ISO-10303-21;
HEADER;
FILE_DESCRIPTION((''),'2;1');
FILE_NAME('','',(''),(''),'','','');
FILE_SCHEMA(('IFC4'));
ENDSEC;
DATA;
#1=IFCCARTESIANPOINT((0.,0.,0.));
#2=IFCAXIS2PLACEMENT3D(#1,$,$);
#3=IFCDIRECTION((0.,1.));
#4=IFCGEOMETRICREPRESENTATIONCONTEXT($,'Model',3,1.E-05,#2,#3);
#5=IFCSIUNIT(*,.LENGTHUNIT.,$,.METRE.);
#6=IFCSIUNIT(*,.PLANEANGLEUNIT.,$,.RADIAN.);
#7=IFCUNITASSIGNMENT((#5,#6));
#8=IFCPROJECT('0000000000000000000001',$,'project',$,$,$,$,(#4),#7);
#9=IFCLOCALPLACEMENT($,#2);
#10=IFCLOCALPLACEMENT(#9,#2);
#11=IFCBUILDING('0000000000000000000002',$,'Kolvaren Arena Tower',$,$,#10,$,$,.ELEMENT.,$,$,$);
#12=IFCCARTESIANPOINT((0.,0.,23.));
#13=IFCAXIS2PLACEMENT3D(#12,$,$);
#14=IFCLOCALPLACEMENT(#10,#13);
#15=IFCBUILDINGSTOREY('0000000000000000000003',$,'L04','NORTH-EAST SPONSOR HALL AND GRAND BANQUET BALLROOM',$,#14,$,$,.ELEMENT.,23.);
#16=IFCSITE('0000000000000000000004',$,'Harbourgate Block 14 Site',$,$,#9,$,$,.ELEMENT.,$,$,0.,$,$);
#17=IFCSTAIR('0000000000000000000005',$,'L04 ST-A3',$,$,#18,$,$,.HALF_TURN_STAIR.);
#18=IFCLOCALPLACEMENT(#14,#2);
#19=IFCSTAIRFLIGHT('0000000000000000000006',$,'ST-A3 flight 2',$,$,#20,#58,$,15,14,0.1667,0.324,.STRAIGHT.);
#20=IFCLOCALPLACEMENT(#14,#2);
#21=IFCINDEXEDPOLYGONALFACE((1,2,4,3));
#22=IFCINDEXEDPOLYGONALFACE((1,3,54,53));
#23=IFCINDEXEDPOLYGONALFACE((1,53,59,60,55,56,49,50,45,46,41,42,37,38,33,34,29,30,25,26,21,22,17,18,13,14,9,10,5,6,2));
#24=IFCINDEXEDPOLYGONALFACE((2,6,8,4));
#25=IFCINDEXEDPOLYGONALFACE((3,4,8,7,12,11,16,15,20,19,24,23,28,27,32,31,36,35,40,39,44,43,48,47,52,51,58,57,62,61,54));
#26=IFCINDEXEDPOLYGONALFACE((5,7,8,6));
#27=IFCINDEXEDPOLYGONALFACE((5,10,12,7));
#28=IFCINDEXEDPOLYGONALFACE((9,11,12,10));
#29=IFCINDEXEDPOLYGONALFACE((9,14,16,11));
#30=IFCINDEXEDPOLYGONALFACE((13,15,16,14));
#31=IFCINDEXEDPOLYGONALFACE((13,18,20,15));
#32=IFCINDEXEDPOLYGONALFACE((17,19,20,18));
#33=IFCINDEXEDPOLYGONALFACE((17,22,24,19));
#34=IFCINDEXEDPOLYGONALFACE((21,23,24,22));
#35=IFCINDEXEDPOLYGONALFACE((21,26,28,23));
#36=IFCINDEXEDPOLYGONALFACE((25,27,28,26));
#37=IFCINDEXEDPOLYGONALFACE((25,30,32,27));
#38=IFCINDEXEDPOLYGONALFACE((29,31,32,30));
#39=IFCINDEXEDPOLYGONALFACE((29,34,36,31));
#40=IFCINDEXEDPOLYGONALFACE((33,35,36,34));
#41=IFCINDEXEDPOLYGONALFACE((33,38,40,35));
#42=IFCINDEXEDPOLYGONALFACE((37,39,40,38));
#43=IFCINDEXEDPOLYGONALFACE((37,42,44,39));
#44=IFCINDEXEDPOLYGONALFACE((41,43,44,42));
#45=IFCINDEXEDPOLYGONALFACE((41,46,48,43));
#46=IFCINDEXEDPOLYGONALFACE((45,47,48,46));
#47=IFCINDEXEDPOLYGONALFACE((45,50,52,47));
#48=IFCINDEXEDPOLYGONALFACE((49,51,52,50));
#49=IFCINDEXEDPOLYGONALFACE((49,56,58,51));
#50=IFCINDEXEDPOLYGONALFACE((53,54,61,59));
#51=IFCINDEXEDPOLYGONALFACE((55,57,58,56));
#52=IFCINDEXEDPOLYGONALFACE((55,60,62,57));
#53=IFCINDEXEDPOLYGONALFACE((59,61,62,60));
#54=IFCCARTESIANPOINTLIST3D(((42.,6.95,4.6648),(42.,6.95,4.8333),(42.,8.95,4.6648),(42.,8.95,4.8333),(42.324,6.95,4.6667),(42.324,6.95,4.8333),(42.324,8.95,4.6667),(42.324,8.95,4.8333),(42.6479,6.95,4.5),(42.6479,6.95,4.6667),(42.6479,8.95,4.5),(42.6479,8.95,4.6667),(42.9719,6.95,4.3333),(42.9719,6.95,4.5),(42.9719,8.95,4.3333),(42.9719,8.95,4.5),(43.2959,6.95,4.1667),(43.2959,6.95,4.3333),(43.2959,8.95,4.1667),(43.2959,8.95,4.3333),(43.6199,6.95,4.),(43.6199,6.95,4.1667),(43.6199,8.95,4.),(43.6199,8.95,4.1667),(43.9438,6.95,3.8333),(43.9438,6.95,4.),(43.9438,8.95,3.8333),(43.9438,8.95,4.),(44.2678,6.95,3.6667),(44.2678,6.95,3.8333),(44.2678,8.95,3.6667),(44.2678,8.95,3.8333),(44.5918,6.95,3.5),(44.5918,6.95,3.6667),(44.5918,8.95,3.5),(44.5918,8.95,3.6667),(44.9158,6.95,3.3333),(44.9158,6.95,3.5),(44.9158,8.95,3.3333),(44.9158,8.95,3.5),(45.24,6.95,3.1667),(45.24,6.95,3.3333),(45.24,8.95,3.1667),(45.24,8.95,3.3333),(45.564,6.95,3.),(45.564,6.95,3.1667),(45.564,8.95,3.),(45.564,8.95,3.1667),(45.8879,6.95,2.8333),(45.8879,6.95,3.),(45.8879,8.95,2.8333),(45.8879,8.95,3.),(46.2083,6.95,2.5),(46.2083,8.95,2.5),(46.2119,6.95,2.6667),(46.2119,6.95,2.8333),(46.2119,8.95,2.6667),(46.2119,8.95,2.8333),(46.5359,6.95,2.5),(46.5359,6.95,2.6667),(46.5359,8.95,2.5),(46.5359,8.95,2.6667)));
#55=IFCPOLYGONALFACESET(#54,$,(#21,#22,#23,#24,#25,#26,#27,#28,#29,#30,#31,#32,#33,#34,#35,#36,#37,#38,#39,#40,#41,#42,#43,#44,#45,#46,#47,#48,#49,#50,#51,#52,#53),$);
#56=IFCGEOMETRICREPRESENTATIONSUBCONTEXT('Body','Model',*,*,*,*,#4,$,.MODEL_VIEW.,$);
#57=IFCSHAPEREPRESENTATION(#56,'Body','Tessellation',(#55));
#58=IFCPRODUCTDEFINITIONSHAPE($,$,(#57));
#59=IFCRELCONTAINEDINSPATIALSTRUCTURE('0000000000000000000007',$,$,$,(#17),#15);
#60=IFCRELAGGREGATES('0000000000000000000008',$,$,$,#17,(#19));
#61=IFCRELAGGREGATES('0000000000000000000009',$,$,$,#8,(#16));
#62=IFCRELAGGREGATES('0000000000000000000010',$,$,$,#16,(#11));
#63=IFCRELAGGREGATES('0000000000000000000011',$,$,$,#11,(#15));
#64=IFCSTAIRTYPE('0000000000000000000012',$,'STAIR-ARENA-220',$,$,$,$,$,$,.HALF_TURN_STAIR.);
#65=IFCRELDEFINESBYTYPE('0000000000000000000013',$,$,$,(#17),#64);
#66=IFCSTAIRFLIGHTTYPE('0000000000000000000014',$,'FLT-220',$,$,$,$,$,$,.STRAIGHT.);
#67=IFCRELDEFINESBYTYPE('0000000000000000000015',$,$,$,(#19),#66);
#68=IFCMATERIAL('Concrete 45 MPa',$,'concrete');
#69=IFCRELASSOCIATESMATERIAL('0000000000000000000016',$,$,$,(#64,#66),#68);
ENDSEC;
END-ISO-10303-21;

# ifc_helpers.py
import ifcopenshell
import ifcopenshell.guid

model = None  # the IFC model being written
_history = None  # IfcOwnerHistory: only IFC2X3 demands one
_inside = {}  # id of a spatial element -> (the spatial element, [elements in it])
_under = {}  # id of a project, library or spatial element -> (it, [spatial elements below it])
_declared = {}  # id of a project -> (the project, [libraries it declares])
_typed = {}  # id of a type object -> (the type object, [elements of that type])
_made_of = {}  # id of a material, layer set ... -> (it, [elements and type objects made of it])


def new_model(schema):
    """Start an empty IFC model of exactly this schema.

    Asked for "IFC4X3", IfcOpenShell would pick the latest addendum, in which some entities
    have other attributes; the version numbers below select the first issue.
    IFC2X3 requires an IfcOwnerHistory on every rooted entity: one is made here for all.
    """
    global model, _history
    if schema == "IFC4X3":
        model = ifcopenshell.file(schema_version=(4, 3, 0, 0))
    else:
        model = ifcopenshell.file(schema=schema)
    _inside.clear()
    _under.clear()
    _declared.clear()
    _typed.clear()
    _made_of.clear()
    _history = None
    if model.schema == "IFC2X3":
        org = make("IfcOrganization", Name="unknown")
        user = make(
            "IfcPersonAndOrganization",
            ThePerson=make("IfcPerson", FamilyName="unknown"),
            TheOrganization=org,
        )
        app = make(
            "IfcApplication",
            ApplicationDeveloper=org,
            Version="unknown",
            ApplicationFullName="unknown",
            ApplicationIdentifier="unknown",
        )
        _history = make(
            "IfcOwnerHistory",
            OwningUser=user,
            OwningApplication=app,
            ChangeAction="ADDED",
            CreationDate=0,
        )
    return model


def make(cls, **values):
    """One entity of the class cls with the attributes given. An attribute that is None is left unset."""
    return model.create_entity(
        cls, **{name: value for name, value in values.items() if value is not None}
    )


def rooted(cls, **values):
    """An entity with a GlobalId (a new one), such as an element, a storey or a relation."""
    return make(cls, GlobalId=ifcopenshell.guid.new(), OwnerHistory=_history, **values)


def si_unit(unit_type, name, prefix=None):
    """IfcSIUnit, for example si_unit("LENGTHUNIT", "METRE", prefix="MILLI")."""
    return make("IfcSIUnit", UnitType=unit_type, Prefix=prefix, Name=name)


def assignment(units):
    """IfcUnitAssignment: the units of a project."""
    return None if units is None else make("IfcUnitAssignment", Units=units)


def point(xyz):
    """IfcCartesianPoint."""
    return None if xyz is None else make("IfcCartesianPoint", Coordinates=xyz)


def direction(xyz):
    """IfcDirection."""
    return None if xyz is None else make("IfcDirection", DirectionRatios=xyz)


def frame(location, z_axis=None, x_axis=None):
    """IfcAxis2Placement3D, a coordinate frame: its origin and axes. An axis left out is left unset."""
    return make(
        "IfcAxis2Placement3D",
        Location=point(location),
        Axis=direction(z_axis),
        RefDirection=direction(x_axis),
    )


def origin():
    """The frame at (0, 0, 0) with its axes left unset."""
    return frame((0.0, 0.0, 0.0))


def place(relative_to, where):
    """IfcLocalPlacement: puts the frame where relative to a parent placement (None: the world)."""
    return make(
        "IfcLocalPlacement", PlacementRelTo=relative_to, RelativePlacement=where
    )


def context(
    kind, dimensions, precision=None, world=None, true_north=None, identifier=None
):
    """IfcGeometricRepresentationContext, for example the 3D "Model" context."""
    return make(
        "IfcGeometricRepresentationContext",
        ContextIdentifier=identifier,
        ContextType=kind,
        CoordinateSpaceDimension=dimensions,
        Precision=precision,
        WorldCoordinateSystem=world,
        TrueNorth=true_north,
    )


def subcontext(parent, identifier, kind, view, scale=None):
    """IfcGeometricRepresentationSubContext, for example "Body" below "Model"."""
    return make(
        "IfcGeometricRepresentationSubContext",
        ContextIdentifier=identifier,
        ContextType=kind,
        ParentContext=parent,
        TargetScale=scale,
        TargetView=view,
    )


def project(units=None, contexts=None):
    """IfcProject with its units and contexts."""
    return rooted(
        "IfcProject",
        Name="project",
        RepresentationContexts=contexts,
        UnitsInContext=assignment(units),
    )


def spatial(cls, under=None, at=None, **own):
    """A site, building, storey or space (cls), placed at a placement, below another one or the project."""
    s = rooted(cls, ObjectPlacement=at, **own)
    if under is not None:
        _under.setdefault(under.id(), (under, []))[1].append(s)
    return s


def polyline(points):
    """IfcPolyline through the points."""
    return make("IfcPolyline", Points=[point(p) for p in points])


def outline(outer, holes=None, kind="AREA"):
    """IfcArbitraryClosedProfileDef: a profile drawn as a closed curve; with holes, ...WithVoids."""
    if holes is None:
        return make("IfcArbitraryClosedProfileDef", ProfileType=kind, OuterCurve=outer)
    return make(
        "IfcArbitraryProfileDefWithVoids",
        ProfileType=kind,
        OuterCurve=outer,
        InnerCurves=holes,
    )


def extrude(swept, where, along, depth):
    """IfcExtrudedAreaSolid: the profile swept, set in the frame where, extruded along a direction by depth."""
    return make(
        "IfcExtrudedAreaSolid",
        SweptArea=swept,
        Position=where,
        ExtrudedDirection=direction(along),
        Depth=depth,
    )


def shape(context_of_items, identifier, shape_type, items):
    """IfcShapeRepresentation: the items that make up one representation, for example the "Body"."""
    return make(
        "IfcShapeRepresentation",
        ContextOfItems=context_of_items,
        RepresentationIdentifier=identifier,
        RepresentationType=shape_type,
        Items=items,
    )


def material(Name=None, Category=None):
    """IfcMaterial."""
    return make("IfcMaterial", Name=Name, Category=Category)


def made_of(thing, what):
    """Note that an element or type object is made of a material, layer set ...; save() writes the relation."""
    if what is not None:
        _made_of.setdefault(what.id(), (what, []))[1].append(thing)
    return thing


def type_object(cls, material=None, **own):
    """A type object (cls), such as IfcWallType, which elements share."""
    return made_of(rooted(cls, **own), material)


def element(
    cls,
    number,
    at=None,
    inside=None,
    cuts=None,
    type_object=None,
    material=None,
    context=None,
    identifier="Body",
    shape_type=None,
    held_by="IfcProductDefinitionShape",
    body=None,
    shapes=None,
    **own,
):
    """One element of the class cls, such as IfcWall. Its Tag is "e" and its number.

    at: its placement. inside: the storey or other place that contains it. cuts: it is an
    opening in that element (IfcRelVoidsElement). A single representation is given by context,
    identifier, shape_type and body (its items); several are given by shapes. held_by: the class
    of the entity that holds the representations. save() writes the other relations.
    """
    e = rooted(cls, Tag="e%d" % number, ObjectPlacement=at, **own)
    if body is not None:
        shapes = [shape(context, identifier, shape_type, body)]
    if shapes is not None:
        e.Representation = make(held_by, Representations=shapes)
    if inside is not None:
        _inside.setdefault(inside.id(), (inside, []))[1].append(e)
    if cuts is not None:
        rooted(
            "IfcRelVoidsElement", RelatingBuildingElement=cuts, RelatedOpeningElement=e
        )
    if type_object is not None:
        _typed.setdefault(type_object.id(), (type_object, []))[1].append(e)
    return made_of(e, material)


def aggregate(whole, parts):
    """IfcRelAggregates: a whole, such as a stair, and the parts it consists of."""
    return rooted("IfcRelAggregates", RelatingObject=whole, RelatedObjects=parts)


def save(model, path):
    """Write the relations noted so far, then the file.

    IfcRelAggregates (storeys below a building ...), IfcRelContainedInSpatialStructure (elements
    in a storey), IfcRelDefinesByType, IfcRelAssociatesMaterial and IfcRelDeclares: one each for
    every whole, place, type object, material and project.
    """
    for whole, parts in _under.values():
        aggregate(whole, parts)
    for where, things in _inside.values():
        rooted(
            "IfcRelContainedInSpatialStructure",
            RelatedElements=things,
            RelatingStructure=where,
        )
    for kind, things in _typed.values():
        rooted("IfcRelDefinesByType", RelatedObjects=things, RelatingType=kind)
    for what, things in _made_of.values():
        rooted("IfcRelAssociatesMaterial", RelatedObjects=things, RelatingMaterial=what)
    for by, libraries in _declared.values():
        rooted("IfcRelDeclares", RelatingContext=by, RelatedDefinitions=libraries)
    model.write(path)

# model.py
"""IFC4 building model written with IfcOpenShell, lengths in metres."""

from ifc_helpers import new_model, si_unit, direction, frame, origin, place, context, subcontext, project, spatial, polyline, outline, extrude, material, type_object, element, aggregate, save


model = new_model("IFC4")

# Units and contexts
model_context = context("Model", 3, precision=1e-05, world=origin(), true_north=direction((0.0, 1.0)))
body_context = subcontext(model_context, "Body", "Model", "MODEL_VIEW")
ifc_project = project(units=[si_unit("LENGTHUNIT", "METRE"), si_unit("PLANEANGLEUNIT", "RADIAN")], contexts=[model_context])

# Site, building, storey
site_placement = place(None, origin())
site = spatial("IfcSite", under=ifc_project, at=site_placement, Name="Harbourgate Block 14 Site", CompositionType="ELEMENT", RefElevation=0.0)
building_placement = place(site_placement, origin())
building = spatial("IfcBuilding", under=site, at=building_placement, Name="Kolvaren Arena Tower", CompositionType="ELEMENT")
storey_placement = place(building_placement, frame((0.0, 0.0, 23.0)))
storey = spatial("IfcBuildingStorey", under=building, at=storey_placement, Name="L04", Description="NORTH-EAST SPONSOR HALL AND GRAND BANQUET BALLROOM", CompositionType="ELEMENT", Elevation=23.0)

# Shared definitions
ifc_material_1 = material(Name="Concrete 45 MPa", Category="concrete")

# Stair, stair flight
stair_type = type_object("IfcStairType", Name="STAIR-ARENA-220", PredefinedType="HALF_TURN_STAIR", material=ifc_material_1)
stair_placement = place(storey_placement, origin())
stair = element("IfcStair", 1, at=stair_placement, inside=storey, type_object=stair_type, Name="L04 ST-A3", PredefinedType="HALF_TURN_STAIR")
stair_flight_type = type_object("IfcStairFlightType", Name="FLT-220", PredefinedType="STRAIGHT", material=ifc_material_1)
stair_flight_placement = place(storey_placement, frame((46.5359, 7.95, 2.5), z_axis=(0.0, 0.0, 1.0), x_axis=(-1.0, 0.0, 0.0)))
stair_flight = element("IfcStairFlight", 2, at=stair_flight_placement, type_object=stair_flight_type, Name="ST-A3 flight 2", NumberOfRisers=15, NumberOfTreads=14, PredefinedType="STRAIGHT", RiserHeight=0.1667, TreadLength=0.324, context=body_context, shape_type="SweptSolid", body=[
    extrude(outline(polyline([(0.0, 0.0), (0.0, 0.1667), (0.324, 0.1667), (0.324, 0.3333), (0.6479, 0.3333), (0.6479, 0.5), (0.9719, 0.5), (0.9719, 0.6667), (1.2959, 0.6667), (1.2959, 0.8333), (1.6201, 0.8333), (1.6201, 1.0), (1.9441, 1.0), (1.9441, 1.1667), (2.2681, 1.1667), (2.2681, 1.3333), (2.592, 1.3333), (2.592, 1.5), (2.916, 1.5), (2.916, 1.6667), (3.24, 1.6667), (3.24, 1.8333), (3.564, 1.8333), (3.564, 2.0), (3.8879, 2.0), (3.8879, 2.1667), (4.2119, 2.1667), (4.2119, 2.3333), (4.5359, 2.3333), (4.5359, 2.5), (4.5359, 2.1648), (0.3276, 0.0), (0.0, 0.0)])), frame((0.0, 1.0, 0.0), z_axis=(0.0, -1.0, 0.0), x_axis=(1.0, 0.0, 0.0)), (0.0, 0.0, 1.0), 2.0),
])
aggregate(stair, [stair_flight])

save(model, "model.ifc")
